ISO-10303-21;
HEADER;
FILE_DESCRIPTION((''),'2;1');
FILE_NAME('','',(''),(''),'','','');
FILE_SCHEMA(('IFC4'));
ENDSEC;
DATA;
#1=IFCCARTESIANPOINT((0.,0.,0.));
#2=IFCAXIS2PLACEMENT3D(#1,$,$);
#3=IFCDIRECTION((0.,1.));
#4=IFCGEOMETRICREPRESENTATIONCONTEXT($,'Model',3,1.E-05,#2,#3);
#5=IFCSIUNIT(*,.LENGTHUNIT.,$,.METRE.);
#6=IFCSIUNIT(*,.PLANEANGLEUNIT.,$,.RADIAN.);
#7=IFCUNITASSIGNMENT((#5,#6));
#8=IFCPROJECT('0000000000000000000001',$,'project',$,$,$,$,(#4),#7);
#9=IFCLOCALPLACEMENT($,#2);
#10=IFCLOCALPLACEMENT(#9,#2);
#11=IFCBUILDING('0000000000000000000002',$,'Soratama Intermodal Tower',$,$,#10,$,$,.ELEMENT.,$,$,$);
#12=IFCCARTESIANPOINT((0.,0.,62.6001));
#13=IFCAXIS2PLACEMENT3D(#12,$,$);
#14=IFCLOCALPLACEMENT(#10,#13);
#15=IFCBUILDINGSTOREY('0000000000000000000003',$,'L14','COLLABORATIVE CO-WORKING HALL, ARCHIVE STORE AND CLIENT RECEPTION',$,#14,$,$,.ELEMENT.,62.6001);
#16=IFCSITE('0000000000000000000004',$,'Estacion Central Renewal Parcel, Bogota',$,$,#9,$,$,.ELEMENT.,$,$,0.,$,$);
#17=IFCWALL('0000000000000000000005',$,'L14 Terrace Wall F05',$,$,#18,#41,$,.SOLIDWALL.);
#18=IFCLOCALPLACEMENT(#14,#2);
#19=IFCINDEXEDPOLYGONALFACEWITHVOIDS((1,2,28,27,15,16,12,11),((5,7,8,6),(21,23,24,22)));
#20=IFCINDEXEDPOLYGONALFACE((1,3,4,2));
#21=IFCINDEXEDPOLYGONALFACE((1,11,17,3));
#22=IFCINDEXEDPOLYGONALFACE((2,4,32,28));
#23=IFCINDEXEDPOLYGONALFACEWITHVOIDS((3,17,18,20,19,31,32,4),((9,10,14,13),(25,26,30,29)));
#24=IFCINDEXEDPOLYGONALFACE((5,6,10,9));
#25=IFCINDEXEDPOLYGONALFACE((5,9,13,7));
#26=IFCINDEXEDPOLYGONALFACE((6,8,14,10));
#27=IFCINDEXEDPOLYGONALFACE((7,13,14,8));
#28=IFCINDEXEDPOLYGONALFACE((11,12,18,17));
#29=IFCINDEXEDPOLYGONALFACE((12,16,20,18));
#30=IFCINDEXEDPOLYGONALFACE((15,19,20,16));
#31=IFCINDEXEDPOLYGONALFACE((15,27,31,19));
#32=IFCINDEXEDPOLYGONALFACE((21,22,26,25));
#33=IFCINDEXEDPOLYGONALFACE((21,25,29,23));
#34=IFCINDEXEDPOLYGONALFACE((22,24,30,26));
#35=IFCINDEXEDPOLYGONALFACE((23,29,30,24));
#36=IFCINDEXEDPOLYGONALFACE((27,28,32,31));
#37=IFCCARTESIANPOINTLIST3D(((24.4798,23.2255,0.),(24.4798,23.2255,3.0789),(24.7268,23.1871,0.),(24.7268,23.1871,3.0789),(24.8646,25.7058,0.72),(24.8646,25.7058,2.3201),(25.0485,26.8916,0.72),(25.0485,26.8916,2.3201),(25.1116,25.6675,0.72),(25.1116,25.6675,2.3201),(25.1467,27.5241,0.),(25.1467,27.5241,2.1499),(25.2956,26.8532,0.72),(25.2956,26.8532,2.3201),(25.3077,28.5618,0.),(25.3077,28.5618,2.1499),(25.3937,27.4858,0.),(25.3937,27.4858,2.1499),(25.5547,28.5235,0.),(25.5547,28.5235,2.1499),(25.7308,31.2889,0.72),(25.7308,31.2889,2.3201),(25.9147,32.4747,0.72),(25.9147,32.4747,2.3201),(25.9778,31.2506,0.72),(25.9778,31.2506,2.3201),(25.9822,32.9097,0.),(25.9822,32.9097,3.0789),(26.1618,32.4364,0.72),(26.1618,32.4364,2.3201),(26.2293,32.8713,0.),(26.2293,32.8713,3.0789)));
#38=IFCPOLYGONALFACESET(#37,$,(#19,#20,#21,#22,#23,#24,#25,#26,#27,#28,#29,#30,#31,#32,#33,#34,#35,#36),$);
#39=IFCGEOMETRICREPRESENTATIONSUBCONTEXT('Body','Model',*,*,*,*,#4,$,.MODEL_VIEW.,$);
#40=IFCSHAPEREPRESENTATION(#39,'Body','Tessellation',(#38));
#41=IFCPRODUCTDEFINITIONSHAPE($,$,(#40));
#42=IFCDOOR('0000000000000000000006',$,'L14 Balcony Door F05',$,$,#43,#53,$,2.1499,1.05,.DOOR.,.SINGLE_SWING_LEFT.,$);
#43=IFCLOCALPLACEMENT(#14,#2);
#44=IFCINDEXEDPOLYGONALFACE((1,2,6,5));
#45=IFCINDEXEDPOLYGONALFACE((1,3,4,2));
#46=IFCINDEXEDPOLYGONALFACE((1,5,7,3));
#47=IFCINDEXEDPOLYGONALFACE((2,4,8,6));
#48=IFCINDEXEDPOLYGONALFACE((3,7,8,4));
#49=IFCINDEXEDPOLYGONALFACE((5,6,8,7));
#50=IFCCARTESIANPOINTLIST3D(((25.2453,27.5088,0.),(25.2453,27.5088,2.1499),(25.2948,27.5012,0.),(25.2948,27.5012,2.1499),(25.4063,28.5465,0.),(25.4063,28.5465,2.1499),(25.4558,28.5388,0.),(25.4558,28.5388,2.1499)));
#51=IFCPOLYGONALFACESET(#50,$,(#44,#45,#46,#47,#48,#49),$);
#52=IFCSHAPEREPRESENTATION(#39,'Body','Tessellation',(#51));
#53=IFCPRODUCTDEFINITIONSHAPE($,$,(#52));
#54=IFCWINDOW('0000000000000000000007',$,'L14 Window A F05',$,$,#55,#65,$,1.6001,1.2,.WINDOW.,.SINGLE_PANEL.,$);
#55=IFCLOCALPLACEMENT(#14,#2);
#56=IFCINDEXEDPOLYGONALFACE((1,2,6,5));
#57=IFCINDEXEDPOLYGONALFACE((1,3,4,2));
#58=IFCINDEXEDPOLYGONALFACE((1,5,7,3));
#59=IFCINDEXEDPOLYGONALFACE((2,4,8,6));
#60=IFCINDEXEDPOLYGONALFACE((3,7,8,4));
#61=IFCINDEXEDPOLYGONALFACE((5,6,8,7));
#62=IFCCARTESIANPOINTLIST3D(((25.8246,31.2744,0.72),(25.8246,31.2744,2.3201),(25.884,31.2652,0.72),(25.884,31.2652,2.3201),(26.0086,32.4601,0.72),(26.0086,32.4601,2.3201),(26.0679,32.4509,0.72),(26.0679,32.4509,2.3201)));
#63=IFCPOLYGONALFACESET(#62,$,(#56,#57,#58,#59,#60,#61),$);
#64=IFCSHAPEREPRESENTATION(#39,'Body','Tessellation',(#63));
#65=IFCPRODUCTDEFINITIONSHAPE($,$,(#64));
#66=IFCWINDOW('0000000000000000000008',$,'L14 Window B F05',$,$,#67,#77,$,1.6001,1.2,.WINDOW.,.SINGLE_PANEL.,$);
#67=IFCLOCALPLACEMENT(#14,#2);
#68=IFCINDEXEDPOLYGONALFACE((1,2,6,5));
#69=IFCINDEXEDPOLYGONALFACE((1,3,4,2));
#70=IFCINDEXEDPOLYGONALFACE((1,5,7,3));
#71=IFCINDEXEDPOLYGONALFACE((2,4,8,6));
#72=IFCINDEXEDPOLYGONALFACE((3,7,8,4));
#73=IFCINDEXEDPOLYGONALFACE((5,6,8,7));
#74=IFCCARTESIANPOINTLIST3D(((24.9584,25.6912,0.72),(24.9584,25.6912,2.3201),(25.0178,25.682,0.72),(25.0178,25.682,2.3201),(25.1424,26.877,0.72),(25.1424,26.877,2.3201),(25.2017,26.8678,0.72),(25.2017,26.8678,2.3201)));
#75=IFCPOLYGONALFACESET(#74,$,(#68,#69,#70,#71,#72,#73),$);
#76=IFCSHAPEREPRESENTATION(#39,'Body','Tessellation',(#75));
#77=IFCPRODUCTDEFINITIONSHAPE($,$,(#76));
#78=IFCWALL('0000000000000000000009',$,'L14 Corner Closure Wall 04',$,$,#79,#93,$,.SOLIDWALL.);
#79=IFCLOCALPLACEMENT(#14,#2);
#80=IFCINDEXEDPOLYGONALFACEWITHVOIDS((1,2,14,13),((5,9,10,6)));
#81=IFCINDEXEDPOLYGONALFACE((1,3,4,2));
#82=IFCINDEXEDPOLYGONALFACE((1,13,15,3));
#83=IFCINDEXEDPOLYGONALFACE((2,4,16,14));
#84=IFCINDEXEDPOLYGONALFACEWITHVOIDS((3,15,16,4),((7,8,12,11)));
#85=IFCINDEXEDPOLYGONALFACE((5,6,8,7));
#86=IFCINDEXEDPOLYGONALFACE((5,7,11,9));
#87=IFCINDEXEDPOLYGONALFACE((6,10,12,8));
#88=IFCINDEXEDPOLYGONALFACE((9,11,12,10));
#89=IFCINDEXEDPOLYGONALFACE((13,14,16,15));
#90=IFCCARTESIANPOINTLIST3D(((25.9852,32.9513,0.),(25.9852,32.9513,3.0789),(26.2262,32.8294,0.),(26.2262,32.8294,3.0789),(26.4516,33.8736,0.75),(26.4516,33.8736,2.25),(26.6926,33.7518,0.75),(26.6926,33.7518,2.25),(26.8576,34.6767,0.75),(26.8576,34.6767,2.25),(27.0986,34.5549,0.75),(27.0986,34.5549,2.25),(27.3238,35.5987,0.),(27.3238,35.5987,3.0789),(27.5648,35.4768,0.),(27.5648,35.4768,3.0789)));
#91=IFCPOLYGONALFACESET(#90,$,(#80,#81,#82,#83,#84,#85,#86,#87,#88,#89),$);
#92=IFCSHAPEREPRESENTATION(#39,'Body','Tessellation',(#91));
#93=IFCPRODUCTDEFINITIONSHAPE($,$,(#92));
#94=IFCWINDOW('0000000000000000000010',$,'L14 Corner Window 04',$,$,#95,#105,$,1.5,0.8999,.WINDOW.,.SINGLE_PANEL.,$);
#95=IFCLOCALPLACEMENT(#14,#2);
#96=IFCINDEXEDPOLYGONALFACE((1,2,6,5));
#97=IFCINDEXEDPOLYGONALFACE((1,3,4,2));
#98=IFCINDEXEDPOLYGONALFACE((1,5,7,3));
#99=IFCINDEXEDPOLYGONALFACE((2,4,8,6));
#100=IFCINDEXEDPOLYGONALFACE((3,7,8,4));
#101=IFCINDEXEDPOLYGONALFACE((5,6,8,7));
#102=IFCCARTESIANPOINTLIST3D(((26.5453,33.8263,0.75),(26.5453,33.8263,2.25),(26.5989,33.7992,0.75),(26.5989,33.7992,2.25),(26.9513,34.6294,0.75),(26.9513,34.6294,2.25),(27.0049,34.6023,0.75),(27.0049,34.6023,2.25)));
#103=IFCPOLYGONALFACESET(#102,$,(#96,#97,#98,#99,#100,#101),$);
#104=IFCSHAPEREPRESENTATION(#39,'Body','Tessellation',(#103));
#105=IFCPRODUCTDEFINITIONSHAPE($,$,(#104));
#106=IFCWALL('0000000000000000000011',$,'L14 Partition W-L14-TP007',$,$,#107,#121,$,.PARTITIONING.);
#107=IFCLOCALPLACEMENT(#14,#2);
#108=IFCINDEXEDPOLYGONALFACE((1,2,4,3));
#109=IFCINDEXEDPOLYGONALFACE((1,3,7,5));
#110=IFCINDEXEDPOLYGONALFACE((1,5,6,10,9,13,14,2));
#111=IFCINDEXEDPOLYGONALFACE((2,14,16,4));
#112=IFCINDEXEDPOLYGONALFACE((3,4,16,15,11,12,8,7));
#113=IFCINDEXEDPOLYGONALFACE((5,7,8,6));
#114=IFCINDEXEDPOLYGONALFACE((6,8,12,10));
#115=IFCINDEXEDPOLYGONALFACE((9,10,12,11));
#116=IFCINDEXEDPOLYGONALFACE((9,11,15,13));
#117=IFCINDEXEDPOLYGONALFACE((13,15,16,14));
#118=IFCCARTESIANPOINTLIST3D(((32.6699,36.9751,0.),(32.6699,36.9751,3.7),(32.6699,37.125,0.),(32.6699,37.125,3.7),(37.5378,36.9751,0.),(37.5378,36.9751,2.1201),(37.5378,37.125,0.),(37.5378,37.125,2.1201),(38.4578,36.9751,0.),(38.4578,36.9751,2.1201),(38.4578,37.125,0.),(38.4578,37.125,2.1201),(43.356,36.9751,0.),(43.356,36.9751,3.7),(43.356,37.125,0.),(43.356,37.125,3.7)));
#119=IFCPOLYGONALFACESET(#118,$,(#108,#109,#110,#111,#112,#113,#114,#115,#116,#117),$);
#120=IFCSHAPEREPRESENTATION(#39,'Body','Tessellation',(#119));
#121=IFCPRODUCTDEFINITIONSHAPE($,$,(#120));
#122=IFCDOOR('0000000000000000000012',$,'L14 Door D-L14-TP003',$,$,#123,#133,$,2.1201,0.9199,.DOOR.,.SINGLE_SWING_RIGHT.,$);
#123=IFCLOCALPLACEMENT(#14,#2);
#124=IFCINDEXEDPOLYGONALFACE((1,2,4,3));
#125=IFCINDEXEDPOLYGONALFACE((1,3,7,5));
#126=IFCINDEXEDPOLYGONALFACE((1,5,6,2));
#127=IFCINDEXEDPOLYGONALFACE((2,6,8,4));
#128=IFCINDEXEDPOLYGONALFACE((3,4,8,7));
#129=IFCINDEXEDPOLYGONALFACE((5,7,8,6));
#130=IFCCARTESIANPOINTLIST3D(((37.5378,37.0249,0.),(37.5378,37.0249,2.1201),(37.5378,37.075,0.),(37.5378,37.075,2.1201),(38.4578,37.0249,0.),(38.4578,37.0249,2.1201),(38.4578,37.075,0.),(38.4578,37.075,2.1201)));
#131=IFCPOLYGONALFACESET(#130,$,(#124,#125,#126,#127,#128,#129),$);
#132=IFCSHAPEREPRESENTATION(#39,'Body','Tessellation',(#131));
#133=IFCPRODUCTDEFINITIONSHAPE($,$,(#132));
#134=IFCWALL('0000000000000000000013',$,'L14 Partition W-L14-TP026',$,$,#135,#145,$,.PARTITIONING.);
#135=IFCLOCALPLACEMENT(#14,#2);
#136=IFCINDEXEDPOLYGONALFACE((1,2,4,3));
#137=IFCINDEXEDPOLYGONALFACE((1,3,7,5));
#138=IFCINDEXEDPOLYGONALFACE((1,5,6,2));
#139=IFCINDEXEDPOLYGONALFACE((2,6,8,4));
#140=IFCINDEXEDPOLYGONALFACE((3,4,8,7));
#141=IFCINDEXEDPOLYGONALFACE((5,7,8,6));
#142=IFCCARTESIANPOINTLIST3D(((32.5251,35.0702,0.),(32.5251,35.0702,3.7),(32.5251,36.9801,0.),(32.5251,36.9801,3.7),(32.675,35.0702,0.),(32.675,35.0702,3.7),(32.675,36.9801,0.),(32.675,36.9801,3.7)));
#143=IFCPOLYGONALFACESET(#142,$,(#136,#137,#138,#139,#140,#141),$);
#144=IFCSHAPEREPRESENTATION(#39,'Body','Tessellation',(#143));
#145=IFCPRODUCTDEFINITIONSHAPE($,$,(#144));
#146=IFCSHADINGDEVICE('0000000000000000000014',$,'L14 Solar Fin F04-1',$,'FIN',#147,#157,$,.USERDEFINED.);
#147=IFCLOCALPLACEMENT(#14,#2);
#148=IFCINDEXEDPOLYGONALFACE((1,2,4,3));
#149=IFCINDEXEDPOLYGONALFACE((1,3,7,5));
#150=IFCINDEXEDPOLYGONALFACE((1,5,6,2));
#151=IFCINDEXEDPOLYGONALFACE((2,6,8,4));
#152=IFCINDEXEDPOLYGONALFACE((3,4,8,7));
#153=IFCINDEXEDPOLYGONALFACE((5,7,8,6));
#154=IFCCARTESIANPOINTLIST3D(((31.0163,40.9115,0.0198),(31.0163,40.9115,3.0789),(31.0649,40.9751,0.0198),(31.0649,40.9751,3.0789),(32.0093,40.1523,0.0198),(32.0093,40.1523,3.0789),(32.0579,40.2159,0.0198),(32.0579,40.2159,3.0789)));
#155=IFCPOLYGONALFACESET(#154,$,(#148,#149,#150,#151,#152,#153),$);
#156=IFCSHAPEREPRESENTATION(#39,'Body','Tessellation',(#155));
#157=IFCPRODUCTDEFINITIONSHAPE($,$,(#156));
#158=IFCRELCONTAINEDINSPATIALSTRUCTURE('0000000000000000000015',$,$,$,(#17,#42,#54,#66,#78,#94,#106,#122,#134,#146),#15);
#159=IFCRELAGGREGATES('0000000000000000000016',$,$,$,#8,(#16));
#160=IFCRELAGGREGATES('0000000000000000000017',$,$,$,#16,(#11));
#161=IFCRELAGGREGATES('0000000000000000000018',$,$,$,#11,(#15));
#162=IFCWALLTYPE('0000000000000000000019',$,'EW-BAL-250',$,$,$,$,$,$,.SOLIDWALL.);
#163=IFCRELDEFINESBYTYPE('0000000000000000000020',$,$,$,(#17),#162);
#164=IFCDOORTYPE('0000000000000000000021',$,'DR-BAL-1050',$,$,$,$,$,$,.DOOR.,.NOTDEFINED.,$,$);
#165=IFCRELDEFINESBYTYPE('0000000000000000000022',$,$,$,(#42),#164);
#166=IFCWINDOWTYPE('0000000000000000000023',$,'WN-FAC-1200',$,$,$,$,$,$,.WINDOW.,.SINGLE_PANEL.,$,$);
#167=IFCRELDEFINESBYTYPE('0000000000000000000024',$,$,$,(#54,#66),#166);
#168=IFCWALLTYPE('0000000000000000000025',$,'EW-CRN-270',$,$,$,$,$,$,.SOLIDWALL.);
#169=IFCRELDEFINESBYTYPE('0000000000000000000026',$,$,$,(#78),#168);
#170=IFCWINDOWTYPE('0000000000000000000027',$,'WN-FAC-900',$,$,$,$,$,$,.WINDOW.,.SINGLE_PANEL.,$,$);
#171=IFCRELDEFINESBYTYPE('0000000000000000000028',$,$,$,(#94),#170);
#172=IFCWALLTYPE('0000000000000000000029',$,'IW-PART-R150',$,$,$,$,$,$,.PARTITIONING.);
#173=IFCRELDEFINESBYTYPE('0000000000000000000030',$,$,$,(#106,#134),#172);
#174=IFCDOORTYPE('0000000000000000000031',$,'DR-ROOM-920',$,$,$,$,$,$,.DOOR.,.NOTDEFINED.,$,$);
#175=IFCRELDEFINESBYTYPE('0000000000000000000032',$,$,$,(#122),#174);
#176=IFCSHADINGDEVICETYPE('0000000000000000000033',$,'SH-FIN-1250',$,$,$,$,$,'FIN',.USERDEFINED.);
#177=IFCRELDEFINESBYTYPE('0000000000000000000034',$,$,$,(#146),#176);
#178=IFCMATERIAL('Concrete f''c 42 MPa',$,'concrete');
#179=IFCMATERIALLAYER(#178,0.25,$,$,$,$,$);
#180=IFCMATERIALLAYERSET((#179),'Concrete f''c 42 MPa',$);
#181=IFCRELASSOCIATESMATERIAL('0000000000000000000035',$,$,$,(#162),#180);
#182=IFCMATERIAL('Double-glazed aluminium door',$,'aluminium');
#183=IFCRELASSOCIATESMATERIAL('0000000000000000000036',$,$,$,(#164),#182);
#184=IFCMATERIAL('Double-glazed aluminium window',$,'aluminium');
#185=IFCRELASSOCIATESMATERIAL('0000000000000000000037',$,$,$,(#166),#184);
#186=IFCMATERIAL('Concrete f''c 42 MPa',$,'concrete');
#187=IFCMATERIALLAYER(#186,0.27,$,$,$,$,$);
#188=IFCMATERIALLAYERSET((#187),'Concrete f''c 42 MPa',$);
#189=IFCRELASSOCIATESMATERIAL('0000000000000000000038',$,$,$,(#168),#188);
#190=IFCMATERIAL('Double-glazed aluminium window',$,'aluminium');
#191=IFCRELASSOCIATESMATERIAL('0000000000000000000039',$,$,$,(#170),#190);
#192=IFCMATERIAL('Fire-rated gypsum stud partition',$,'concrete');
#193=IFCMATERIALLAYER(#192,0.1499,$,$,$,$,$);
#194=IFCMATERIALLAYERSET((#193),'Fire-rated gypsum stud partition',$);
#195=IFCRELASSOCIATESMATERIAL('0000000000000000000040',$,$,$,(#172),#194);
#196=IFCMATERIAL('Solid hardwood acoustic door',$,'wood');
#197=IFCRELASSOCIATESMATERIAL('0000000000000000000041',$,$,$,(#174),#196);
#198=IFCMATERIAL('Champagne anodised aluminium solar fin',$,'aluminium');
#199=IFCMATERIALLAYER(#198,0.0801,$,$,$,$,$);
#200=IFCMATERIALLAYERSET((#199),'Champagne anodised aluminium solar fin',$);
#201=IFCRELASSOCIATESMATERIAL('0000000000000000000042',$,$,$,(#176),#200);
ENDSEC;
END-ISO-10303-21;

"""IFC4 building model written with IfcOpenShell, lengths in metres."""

from ifc_helpers import new_model, si_unit, direction, frame, frame_2d, origin, origin_2d, place, context, subcontext, project, spatial, rectangle, extrude, material, layer, layer_set, type_object, element, fill, save


model = new_model("IFC4")

# Units and contexts
model_context = context("Model", 3, precision=1e-05, world=origin(), true_north=direction((0.0, 1.0)))
body_context = subcontext(model_context, "Body", "Model", "MODEL_VIEW")
ifc_project = project(units=[si_unit("LENGTHUNIT", "METRE"), si_unit("PLANEANGLEUNIT", "RADIAN")], contexts=[model_context])

# Site, building, storey
site_placement = place(None, origin())
site = spatial("IfcSite", under=ifc_project, at=site_placement, Name="Estacion Central Renewal Parcel, Bogota", CompositionType="ELEMENT", RefElevation=0.0)
building_placement = place(site_placement, origin())
building = spatial("IfcBuilding", under=site, at=building_placement, Name="Soratama Intermodal Tower", CompositionType="ELEMENT")
storey_placement = place(building_placement, frame((0.0, 0.0, 62.6001)))
storey = spatial("IfcBuildingStorey", under=building, at=storey_placement, Name="L14", Description="COLLABORATIVE CO-WORKING HALL, ARCHIVE STORE AND CLIENT RECEPTION", CompositionType="ELEMENT", Elevation=62.6001)

# Wall, openings, door, windows
ifc_material_1 = material(Name="Concrete f'c 42 MPa", Category="concrete")
ifc_layer_1 = layer(ifc_material_1, 0.25)
ifc_layer_set_1 = layer_set([ifc_layer_1], Name="Concrete f'c 42 MPa")
wall_type_1 = type_object("IfcWallType", Name="EW-BAL-250", PredefinedType="SOLIDWALL", material=ifc_layer_set_1)
wall_1_placement = place(storey_placement, frame((26.1057, 32.8904, 0.0), z_axis=(0.0, 0.0, 1.0), x_axis=(-0.153311, -0.988178, 0.0)))
wall_1 = element("IfcWall", 1, at=wall_1_placement, inside=storey, type_object=wall_type_1, Name="L14 Terrace Wall F05", PredefinedType="SOLIDWALL", context=body_context, shape_type="SweptSolid", body=[
    extrude(rectangle(XDim=9.8, YDim=0.25, at=frame_2d((4.8999, 0.0))), origin(), (0.0, 0.0, 1.0), 3.0789),
])
opening_1_placement = place(wall_1_placement, frame((4.3999, 0.0, 0.0)))
opening_1 = element("IfcOpeningElement", 2, at=opening_1_placement, cuts=wall_1, PredefinedType="OPENING", context=body_context, shape_type="SweptSolid", body=[
    extrude(rectangle(XDim=1.05, YDim=2.1499, at=frame_2d((0.5249, 1.075))), frame((0.0, 0.135, 0.0), z_axis=(0.0, -1.0, 0.0), x_axis=(1.0, 0.0, 0.0)), (0.0, 0.0, 1.0), 0.27),
])
opening_2_placement = place(wall_1_placement, frame((0.4399, 0.0, 0.72)))
opening_2 = element("IfcOpeningElement", 3, at=opening_2_placement, cuts=wall_1, PredefinedType="OPENING", context=body_context, shape_type="SweptSolid", body=[
    extrude(rectangle(XDim=1.2, YDim=1.6001, at=frame_2d((0.6001, 0.8))), frame((0.0, 0.135, 0.0), z_axis=(0.0, -1.0, 0.0), x_axis=(1.0, 0.0, 0.0)), (0.0, 0.0, 1.0), 0.27),
])
opening_3_placement = place(wall_1_placement, frame((6.0898, 0.0, 0.72)))
opening_3 = element("IfcOpeningElement", 4, at=opening_3_placement, cuts=wall_1, PredefinedType="OPENING", context=body_context, shape_type="SweptSolid", body=[
    extrude(rectangle(XDim=1.2, YDim=1.6001, at=frame_2d((0.6001, 0.8))), frame((0.0, 0.135, 0.0), z_axis=(0.0, -1.0, 0.0), x_axis=(1.0, 0.0, 0.0)), (0.0, 0.0, 1.0), 0.27),
])
ifc_material_2 = material(Name="Double-glazed aluminium door", Category="aluminium")
door_type_1 = type_object("IfcDoorType", Name="DR-BAL-1050", OperationType="NOTDEFINED", PredefinedType="DOOR", material=ifc_material_2)
door_1_placement = place(opening_1_placement, origin())
door_1 = element("IfcDoor", 5, at=door_1_placement, inside=storey, type_object=door_type_1, Name="L14 Balcony Door F05", OperationType="SINGLE_SWING_LEFT", OverallHeight=2.1499, OverallWidth=1.05, PredefinedType="DOOR", context=body_context, shape_type="SweptSolid", body=[
    extrude(rectangle(XDim=1.05, YDim=2.1499, at=frame_2d((0.5249, 1.075))), frame((0.0, 0.0249, 0.0), z_axis=(0.0, -1.0, 0.0), x_axis=(1.0, 0.0, 0.0)), (0.0, 0.0, 1.0), 0.05),
])
fill(opening_1, door_1)
ifc_material_3 = material(Name="Double-glazed aluminium window", Category="aluminium")
window_type_1 = type_object("IfcWindowType", Name="WN-FAC-1200", PartitioningType="SINGLE_PANEL", PredefinedType="WINDOW", material=ifc_material_3)
window_1_placement = place(opening_2_placement, origin())
window_1 = element("IfcWindow", 6, at=window_1_placement, inside=storey, type_object=window_type_1, Name="L14 Window A F05", OverallHeight=1.6001, OverallWidth=1.2, PartitioningType="SINGLE_PANEL", PredefinedType="WINDOW", context=body_context, shape_type="SweptSolid", body=[
    extrude(rectangle(XDim=1.2, YDim=1.6001, at=frame_2d((0.6001, 0.8))), frame((0.0, 0.03, 0.0), z_axis=(0.0, -1.0, 0.0), x_axis=(1.0, 0.0, 0.0)), (0.0, 0.0, 1.0), 0.0601),
])
fill(opening_2, window_1)
window_2_placement = place(opening_3_placement, origin())
window_2 = element("IfcWindow", 7, at=window_2_placement, inside=storey, type_object=window_type_1, Name="L14 Window B F05", OverallHeight=1.6001, OverallWidth=1.2, PartitioningType="SINGLE_PANEL", PredefinedType="WINDOW", context=body_context, shape_type="SweptSolid", body=[
    extrude(rectangle(XDim=1.2, YDim=1.6001, at=frame_2d((0.6001, 0.8))), frame((0.0, 0.03, 0.0), z_axis=(0.0, -1.0, 0.0), x_axis=(1.0, 0.0, 0.0)), (0.0, 0.0, 1.0), 0.0601),
])
fill(opening_3, window_2)

# Wall, opening, window
ifc_material_4 = material(Name="Concrete f'c 42 MPa", Category="concrete")
ifc_layer_2 = layer(ifc_material_4, 0.27)
ifc_layer_set_2 = layer_set([ifc_layer_2], Name="Concrete f'c 42 MPa")
wall_type_2 = type_object("IfcWallType", Name="EW-CRN-270", PredefinedType="SOLIDWALL", material=ifc_layer_set_2)
wall_2_placement = place(storey_placement, frame((27.4443, 35.5378, 0.0), z_axis=(0.0, 0.0, 1.0), x_axis=(-0.451225, -0.89241, 0.0)))
wall_2 = element("IfcWall", 8, at=wall_2_placement, inside=storey, type_object=wall_type_2, Name="L14 Corner Closure Wall 04", PredefinedType="SOLIDWALL", context=body_context, shape_type="SweptSolid", body=[
    extrude(rectangle(XDim=2.9666, YDim=0.27, at=frame_2d((1.4834, 0.0))), origin(), (0.0, 0.0, 1.0), 3.0789),
])
opening_4_placement = place(wall_2_placement, frame((1.0332, 0.0, 0.75)))
opening_4 = element("IfcOpeningElement", 9, at=opening_4_placement, cuts=wall_2, PredefinedType="OPENING", context=body_context, shape_type="SweptSolid", body=[
    extrude(rectangle(XDim=0.8999, YDim=1.5, at=frame_2d((0.45, 0.75))), frame((0.0, 0.145, 0.0), z_axis=(0.0, -1.0, 0.0), x_axis=(1.0, 0.0, 0.0)), (0.0, 0.0, 1.0), 0.29),
])
ifc_material_5 = material(Name="Double-glazed aluminium window", Category="aluminium")
window_type_2 = type_object("IfcWindowType", Name="WN-FAC-900", PartitioningType="SINGLE_PANEL", PredefinedType="WINDOW", material=ifc_material_5)
window_3_placement = place(opening_4_placement, origin())
window_3 = element("IfcWindow", 10, at=window_3_placement, inside=storey, type_object=window_type_2, Name="L14 Corner Window 04", OverallHeight=1.5, OverallWidth=0.8999, PartitioningType="SINGLE_PANEL", PredefinedType="WINDOW", context=body_context, shape_type="SweptSolid", body=[
    extrude(rectangle(XDim=0.8999, YDim=1.5, at=frame_2d((0.45, 0.75))), frame((0.0, 0.03, 0.0), z_axis=(0.0, -1.0, 0.0), x_axis=(1.0, 0.0, 0.0)), (0.0, 0.0, 1.0), 0.0601),
])
fill(opening_4, window_3)

# Wall, opening, door
ifc_material_6 = material(Name="Fire-rated gypsum stud partition", Category="concrete")
ifc_layer_3 = layer(ifc_material_6, 0.1499)
ifc_layer_set_3 = layer_set([ifc_layer_3], Name="Fire-rated gypsum stud partition")
wall_type_3 = type_object("IfcWallType", Name="IW-PART-R150", PredefinedType="PARTITIONING", material=ifc_layer_set_3)
wall_3_placement = place(storey_placement, frame((32.6699, 37.05, 0.0), z_axis=(0.0, 0.0, 1.0), x_axis=(1.0, 0.0, 0.0)))
wall_3 = element("IfcWall", 11, at=wall_3_placement, inside=storey, type_object=wall_type_3, Name="L14 Partition W-L14-TP007", PredefinedType="PARTITIONING", context=body_context, shape_type="SweptSolid", body=[
    extrude(rectangle(XDim=10.686, YDim=0.1499, at=frame_2d((5.343, 0.0))), origin(), (0.0, 0.0, 1.0), 3.7),
])
opening_5_placement = place(wall_3_placement, frame((4.8679, 0.0, 0.0)))
opening_5 = element("IfcOpeningElement", 12, at=opening_5_placement, cuts=wall_3, PredefinedType="OPENING", context=body_context, shape_type="SweptSolid", body=[
    extrude(rectangle(XDim=0.9199, YDim=2.1201, at=frame_2d((0.46, 1.0601))), frame((0.0, 0.085, 0.0), z_axis=(0.0, -1.0, 0.0), x_axis=(1.0, 0.0, 0.0)), (0.0, 0.0, 1.0), 0.1699),
])
ifc_material_7 = material(Name="Solid hardwood acoustic door", Category="wood")
door_type_2 = type_object("IfcDoorType", Name="DR-ROOM-920", OperationType="NOTDEFINED", PredefinedType="DOOR", material=ifc_material_7)
door_2_placement = place(opening_5_placement, origin())
door_2 = element("IfcDoor", 13, at=door_2_placement, inside=storey, type_object=door_type_2, Name="L14 Door D-L14-TP003", OperationType="SINGLE_SWING_RIGHT", OverallHeight=2.1201, OverallWidth=0.9199, PredefinedType="DOOR", context=body_context, shape_type="SweptSolid", body=[
    extrude(rectangle(XDim=0.9199, YDim=2.1201, at=frame_2d((0.46, 1.0601))), frame((0.0, 0.0249, 0.0), z_axis=(0.0, -1.0, 0.0), x_axis=(1.0, 0.0, 0.0)), (0.0, 0.0, 1.0), 0.05),
])
fill(opening_5, door_2)

# Wall
wall_4_placement = place(storey_placement, frame((32.6001, 35.0701, 0.0), z_axis=(0.0, 0.0, 1.0), x_axis=(0.0, 1.0, 0.0)))
element("IfcWall", 14, at=wall_4_placement, inside=storey, type_object=wall_type_3, Name="L14 Partition W-L14-TP026", PredefinedType="PARTITIONING", context=body_context, shape_type="SweptSolid", body=[
    extrude(rectangle(XDim=1.9099, YDim=0.1499, at=frame_2d((0.9551, 0.0))), origin(), (0.0, 0.0, 1.0), 3.7),
])

# Shading device
ifc_material_8 = material(Name="Champagne anodised aluminium solar fin", Category="aluminium")
ifc_layer_4 = layer(ifc_material_8, 0.0801)
ifc_layer_set_4 = layer_set([ifc_layer_4], Name="Champagne anodised aluminium solar fin")
shading_device_type = type_object("IfcShadingDeviceType", Name="SH-FIN-1250", ElementType="FIN", PredefinedType="USERDEFINED", material=ifc_layer_set_4)
for number, where, z_axis, x_axis, name in (
    (15, (31.5371, 40.5637, 0.0198), (0.0, 0.0, 1.0), (-0.794415, 0.607376, 0.0), "L14 Solar Fin F04-1"),
):
    element("IfcShadingDevice", number, at=place(storey_placement, frame(where, z_axis=z_axis, x_axis=x_axis)), inside=storey, type_object=shading_device_type, Name=name, ObjectType="FIN", PredefinedType="USERDEFINED", context=body_context, shape_type="SweptSolid", body=[
        extrude(rectangle(XDim=1.25, YDim=0.0801, at=origin_2d()), origin(), (0.0, 0.0, 1.0), 3.0591),
    ])

save(model, "model.ifc")
